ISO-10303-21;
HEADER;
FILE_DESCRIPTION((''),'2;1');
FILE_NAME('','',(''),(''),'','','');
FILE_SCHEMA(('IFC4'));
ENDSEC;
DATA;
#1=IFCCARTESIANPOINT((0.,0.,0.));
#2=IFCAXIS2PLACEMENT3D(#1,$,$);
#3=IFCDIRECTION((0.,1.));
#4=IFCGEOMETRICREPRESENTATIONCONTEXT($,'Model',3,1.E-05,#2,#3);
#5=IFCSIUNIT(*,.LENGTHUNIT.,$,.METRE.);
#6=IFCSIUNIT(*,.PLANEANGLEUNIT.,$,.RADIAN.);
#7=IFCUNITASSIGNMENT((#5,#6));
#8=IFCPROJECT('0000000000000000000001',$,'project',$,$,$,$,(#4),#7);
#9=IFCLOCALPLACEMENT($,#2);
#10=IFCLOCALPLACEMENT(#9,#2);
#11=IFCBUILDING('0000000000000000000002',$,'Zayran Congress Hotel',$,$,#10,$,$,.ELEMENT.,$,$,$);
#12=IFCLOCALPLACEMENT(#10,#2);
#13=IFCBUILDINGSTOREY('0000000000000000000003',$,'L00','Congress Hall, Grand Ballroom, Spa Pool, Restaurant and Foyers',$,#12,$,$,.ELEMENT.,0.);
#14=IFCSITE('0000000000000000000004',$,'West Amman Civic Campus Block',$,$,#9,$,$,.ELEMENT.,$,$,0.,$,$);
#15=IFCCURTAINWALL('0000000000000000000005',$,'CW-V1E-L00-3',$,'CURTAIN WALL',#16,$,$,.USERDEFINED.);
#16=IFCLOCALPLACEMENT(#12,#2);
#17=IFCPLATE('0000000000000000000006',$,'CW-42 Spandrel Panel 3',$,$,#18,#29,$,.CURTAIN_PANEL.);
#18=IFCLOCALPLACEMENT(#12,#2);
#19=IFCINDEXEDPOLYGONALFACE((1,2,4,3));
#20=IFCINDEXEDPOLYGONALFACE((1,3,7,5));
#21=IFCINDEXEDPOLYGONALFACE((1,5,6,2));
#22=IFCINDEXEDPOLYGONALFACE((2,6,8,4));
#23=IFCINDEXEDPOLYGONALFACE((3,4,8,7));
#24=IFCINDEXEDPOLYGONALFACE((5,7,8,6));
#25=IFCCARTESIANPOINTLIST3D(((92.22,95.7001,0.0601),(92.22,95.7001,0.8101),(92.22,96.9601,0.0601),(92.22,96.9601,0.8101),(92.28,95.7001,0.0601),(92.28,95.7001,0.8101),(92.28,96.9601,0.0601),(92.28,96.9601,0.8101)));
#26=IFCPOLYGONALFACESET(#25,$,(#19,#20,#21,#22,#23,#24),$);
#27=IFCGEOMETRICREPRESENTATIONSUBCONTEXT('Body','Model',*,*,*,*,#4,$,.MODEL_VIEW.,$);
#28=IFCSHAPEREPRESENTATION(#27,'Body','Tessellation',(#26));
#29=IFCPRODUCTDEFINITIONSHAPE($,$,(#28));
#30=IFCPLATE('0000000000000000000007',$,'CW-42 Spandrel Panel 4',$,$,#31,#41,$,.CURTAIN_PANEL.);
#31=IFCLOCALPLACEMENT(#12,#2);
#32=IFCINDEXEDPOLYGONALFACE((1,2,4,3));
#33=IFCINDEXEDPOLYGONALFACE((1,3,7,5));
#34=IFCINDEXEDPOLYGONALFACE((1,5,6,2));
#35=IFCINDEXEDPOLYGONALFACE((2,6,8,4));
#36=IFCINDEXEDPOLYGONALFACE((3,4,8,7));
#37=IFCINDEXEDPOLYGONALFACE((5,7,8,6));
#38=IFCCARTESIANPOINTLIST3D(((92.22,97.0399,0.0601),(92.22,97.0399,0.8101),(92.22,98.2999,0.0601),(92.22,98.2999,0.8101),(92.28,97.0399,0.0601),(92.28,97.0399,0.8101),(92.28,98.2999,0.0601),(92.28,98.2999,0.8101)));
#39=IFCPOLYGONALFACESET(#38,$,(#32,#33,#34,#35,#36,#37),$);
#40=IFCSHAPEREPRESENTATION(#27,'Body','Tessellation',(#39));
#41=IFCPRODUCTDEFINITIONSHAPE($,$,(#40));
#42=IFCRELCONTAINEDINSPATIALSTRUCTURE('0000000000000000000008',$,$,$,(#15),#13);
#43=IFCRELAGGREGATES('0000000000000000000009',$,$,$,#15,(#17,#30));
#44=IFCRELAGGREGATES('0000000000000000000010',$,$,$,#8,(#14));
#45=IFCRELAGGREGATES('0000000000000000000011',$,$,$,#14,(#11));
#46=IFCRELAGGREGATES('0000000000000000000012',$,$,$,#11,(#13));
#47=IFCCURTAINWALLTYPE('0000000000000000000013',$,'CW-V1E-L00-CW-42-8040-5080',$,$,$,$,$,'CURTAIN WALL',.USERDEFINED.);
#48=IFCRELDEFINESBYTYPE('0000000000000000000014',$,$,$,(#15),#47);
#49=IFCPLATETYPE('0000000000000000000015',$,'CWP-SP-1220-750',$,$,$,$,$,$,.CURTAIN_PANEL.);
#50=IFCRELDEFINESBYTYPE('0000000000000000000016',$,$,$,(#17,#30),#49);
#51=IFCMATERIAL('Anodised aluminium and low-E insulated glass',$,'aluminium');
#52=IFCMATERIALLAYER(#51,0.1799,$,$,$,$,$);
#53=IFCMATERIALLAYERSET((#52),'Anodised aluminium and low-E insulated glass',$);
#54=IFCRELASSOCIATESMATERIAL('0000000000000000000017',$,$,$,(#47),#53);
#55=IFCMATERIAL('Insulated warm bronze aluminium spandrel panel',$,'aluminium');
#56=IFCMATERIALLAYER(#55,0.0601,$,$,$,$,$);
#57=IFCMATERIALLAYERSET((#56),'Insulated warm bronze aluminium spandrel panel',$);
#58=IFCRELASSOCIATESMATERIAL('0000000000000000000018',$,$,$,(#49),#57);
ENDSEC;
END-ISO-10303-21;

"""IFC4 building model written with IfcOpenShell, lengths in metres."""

from ifc_helpers import new_model, si_unit, direction, frame, origin, origin_2d, place, context, subcontext, project, spatial, rectangle, extrude, material, layer, layer_set, type_object, element, aggregate, save


model = new_model("IFC4")

# Units and contexts
model_context = context("Model", 3, precision=1e-05, world=origin(), true_north=direction((0.0, 1.0)))
body_context = subcontext(model_context, "Body", "Model", "MODEL_VIEW")
ifc_project = project(units=[si_unit("LENGTHUNIT", "METRE"), si_unit("PLANEANGLEUNIT", "RADIAN")], contexts=[model_context])

# Site, building, storey
site_placement = place(None, origin())
site = spatial("IfcSite", under=ifc_project, at=site_placement, Name="West Amman Civic Campus Block", CompositionType="ELEMENT", RefElevation=0.0)
building_placement = place(site_placement, origin())
building = spatial("IfcBuilding", under=site, at=building_placement, Name="Zayran Congress Hotel", CompositionType="ELEMENT")
storey_placement = place(building_placement, origin())
storey = spatial("IfcBuildingStorey", under=building, at=storey_placement, Name="L00", Description="Congress Hall, Grand Ballroom, Spa Pool, Restaurant and Foyers", CompositionType="ELEMENT", Elevation=0.0)

# Curtain wall, plates
ifc_material_1 = material(Name="Anodised aluminium and low-E insulated glass", Category="aluminium")
ifc_layer_1 = layer(ifc_material_1, 0.1799)
ifc_layer_set_1 = layer_set([ifc_layer_1], Name="Anodised aluminium and low-E insulated glass")
curtain_wall_type = type_object("IfcCurtainWallType", Name="CW-V1E-L00-CW-42-8040-5080", ElementType="CURTAIN WALL", PredefinedType="USERDEFINED", material=ifc_layer_set_1)
curtain_wall_placement = place(storey_placement, origin())
curtain_wall = element("IfcCurtainWall", 1, at=curtain_wall_placement, inside=storey, type_object=curtain_wall_type, Name="CW-V1E-L00-3", ObjectType="CURTAIN WALL", PredefinedType="USERDEFINED")
ifc_material_2 = material(Name="Insulated warm bronze aluminium spandrel panel", Category="aluminium")
ifc_layer_2 = layer(ifc_material_2, 0.0601)
ifc_layer_set_2 = layer_set([ifc_layer_2], Name="Insulated warm bronze aluminium spandrel panel")
plate_type_1 = type_object("IfcPlateType", Name="CWP-SP-1220-750", PredefinedType="CURTAIN_PANEL", material=ifc_layer_set_2)
plate_1_placement = place(storey_placement, frame((92.25, 96.3301, 0.0601), z_axis=(0.0, 0.0, 1.0), x_axis=(0.0, 1.0, 0.0)))
plate_1 = element("IfcPlate", 2, at=plate_1_placement, type_object=plate_type_1, Name="CW-42 Spandrel Panel 3", PredefinedType="CURTAIN_PANEL", context=body_context, shape_type="SweptSolid", body=[
    extrude(rectangle(XDim=1.26, YDim=0.0601, at=origin_2d()), origin(), (0.0, 0.0, 1.0), 0.75),
])
plate_2_placement = place(storey_placement, frame((92.25, 97.6699, 0.0601), z_axis=(0.0, 0.0, 1.0), x_axis=(0.0, 1.0, 0.0)))
plate_2 = element("IfcPlate", 3, at=plate_2_placement, type_object=plate_type_1, Name="CW-42 Spandrel Panel 4", PredefinedType="CURTAIN_PANEL", context=body_context, shape_type="SweptSolid", body=[
    extrude(rectangle(XDim=1.26, YDim=0.0601, at=origin_2d()), origin(), (0.0, 0.0, 1.0), 0.75),
])
aggregate(curtain_wall, [plate_1, plate_2])

save(model, "model.ifc")
